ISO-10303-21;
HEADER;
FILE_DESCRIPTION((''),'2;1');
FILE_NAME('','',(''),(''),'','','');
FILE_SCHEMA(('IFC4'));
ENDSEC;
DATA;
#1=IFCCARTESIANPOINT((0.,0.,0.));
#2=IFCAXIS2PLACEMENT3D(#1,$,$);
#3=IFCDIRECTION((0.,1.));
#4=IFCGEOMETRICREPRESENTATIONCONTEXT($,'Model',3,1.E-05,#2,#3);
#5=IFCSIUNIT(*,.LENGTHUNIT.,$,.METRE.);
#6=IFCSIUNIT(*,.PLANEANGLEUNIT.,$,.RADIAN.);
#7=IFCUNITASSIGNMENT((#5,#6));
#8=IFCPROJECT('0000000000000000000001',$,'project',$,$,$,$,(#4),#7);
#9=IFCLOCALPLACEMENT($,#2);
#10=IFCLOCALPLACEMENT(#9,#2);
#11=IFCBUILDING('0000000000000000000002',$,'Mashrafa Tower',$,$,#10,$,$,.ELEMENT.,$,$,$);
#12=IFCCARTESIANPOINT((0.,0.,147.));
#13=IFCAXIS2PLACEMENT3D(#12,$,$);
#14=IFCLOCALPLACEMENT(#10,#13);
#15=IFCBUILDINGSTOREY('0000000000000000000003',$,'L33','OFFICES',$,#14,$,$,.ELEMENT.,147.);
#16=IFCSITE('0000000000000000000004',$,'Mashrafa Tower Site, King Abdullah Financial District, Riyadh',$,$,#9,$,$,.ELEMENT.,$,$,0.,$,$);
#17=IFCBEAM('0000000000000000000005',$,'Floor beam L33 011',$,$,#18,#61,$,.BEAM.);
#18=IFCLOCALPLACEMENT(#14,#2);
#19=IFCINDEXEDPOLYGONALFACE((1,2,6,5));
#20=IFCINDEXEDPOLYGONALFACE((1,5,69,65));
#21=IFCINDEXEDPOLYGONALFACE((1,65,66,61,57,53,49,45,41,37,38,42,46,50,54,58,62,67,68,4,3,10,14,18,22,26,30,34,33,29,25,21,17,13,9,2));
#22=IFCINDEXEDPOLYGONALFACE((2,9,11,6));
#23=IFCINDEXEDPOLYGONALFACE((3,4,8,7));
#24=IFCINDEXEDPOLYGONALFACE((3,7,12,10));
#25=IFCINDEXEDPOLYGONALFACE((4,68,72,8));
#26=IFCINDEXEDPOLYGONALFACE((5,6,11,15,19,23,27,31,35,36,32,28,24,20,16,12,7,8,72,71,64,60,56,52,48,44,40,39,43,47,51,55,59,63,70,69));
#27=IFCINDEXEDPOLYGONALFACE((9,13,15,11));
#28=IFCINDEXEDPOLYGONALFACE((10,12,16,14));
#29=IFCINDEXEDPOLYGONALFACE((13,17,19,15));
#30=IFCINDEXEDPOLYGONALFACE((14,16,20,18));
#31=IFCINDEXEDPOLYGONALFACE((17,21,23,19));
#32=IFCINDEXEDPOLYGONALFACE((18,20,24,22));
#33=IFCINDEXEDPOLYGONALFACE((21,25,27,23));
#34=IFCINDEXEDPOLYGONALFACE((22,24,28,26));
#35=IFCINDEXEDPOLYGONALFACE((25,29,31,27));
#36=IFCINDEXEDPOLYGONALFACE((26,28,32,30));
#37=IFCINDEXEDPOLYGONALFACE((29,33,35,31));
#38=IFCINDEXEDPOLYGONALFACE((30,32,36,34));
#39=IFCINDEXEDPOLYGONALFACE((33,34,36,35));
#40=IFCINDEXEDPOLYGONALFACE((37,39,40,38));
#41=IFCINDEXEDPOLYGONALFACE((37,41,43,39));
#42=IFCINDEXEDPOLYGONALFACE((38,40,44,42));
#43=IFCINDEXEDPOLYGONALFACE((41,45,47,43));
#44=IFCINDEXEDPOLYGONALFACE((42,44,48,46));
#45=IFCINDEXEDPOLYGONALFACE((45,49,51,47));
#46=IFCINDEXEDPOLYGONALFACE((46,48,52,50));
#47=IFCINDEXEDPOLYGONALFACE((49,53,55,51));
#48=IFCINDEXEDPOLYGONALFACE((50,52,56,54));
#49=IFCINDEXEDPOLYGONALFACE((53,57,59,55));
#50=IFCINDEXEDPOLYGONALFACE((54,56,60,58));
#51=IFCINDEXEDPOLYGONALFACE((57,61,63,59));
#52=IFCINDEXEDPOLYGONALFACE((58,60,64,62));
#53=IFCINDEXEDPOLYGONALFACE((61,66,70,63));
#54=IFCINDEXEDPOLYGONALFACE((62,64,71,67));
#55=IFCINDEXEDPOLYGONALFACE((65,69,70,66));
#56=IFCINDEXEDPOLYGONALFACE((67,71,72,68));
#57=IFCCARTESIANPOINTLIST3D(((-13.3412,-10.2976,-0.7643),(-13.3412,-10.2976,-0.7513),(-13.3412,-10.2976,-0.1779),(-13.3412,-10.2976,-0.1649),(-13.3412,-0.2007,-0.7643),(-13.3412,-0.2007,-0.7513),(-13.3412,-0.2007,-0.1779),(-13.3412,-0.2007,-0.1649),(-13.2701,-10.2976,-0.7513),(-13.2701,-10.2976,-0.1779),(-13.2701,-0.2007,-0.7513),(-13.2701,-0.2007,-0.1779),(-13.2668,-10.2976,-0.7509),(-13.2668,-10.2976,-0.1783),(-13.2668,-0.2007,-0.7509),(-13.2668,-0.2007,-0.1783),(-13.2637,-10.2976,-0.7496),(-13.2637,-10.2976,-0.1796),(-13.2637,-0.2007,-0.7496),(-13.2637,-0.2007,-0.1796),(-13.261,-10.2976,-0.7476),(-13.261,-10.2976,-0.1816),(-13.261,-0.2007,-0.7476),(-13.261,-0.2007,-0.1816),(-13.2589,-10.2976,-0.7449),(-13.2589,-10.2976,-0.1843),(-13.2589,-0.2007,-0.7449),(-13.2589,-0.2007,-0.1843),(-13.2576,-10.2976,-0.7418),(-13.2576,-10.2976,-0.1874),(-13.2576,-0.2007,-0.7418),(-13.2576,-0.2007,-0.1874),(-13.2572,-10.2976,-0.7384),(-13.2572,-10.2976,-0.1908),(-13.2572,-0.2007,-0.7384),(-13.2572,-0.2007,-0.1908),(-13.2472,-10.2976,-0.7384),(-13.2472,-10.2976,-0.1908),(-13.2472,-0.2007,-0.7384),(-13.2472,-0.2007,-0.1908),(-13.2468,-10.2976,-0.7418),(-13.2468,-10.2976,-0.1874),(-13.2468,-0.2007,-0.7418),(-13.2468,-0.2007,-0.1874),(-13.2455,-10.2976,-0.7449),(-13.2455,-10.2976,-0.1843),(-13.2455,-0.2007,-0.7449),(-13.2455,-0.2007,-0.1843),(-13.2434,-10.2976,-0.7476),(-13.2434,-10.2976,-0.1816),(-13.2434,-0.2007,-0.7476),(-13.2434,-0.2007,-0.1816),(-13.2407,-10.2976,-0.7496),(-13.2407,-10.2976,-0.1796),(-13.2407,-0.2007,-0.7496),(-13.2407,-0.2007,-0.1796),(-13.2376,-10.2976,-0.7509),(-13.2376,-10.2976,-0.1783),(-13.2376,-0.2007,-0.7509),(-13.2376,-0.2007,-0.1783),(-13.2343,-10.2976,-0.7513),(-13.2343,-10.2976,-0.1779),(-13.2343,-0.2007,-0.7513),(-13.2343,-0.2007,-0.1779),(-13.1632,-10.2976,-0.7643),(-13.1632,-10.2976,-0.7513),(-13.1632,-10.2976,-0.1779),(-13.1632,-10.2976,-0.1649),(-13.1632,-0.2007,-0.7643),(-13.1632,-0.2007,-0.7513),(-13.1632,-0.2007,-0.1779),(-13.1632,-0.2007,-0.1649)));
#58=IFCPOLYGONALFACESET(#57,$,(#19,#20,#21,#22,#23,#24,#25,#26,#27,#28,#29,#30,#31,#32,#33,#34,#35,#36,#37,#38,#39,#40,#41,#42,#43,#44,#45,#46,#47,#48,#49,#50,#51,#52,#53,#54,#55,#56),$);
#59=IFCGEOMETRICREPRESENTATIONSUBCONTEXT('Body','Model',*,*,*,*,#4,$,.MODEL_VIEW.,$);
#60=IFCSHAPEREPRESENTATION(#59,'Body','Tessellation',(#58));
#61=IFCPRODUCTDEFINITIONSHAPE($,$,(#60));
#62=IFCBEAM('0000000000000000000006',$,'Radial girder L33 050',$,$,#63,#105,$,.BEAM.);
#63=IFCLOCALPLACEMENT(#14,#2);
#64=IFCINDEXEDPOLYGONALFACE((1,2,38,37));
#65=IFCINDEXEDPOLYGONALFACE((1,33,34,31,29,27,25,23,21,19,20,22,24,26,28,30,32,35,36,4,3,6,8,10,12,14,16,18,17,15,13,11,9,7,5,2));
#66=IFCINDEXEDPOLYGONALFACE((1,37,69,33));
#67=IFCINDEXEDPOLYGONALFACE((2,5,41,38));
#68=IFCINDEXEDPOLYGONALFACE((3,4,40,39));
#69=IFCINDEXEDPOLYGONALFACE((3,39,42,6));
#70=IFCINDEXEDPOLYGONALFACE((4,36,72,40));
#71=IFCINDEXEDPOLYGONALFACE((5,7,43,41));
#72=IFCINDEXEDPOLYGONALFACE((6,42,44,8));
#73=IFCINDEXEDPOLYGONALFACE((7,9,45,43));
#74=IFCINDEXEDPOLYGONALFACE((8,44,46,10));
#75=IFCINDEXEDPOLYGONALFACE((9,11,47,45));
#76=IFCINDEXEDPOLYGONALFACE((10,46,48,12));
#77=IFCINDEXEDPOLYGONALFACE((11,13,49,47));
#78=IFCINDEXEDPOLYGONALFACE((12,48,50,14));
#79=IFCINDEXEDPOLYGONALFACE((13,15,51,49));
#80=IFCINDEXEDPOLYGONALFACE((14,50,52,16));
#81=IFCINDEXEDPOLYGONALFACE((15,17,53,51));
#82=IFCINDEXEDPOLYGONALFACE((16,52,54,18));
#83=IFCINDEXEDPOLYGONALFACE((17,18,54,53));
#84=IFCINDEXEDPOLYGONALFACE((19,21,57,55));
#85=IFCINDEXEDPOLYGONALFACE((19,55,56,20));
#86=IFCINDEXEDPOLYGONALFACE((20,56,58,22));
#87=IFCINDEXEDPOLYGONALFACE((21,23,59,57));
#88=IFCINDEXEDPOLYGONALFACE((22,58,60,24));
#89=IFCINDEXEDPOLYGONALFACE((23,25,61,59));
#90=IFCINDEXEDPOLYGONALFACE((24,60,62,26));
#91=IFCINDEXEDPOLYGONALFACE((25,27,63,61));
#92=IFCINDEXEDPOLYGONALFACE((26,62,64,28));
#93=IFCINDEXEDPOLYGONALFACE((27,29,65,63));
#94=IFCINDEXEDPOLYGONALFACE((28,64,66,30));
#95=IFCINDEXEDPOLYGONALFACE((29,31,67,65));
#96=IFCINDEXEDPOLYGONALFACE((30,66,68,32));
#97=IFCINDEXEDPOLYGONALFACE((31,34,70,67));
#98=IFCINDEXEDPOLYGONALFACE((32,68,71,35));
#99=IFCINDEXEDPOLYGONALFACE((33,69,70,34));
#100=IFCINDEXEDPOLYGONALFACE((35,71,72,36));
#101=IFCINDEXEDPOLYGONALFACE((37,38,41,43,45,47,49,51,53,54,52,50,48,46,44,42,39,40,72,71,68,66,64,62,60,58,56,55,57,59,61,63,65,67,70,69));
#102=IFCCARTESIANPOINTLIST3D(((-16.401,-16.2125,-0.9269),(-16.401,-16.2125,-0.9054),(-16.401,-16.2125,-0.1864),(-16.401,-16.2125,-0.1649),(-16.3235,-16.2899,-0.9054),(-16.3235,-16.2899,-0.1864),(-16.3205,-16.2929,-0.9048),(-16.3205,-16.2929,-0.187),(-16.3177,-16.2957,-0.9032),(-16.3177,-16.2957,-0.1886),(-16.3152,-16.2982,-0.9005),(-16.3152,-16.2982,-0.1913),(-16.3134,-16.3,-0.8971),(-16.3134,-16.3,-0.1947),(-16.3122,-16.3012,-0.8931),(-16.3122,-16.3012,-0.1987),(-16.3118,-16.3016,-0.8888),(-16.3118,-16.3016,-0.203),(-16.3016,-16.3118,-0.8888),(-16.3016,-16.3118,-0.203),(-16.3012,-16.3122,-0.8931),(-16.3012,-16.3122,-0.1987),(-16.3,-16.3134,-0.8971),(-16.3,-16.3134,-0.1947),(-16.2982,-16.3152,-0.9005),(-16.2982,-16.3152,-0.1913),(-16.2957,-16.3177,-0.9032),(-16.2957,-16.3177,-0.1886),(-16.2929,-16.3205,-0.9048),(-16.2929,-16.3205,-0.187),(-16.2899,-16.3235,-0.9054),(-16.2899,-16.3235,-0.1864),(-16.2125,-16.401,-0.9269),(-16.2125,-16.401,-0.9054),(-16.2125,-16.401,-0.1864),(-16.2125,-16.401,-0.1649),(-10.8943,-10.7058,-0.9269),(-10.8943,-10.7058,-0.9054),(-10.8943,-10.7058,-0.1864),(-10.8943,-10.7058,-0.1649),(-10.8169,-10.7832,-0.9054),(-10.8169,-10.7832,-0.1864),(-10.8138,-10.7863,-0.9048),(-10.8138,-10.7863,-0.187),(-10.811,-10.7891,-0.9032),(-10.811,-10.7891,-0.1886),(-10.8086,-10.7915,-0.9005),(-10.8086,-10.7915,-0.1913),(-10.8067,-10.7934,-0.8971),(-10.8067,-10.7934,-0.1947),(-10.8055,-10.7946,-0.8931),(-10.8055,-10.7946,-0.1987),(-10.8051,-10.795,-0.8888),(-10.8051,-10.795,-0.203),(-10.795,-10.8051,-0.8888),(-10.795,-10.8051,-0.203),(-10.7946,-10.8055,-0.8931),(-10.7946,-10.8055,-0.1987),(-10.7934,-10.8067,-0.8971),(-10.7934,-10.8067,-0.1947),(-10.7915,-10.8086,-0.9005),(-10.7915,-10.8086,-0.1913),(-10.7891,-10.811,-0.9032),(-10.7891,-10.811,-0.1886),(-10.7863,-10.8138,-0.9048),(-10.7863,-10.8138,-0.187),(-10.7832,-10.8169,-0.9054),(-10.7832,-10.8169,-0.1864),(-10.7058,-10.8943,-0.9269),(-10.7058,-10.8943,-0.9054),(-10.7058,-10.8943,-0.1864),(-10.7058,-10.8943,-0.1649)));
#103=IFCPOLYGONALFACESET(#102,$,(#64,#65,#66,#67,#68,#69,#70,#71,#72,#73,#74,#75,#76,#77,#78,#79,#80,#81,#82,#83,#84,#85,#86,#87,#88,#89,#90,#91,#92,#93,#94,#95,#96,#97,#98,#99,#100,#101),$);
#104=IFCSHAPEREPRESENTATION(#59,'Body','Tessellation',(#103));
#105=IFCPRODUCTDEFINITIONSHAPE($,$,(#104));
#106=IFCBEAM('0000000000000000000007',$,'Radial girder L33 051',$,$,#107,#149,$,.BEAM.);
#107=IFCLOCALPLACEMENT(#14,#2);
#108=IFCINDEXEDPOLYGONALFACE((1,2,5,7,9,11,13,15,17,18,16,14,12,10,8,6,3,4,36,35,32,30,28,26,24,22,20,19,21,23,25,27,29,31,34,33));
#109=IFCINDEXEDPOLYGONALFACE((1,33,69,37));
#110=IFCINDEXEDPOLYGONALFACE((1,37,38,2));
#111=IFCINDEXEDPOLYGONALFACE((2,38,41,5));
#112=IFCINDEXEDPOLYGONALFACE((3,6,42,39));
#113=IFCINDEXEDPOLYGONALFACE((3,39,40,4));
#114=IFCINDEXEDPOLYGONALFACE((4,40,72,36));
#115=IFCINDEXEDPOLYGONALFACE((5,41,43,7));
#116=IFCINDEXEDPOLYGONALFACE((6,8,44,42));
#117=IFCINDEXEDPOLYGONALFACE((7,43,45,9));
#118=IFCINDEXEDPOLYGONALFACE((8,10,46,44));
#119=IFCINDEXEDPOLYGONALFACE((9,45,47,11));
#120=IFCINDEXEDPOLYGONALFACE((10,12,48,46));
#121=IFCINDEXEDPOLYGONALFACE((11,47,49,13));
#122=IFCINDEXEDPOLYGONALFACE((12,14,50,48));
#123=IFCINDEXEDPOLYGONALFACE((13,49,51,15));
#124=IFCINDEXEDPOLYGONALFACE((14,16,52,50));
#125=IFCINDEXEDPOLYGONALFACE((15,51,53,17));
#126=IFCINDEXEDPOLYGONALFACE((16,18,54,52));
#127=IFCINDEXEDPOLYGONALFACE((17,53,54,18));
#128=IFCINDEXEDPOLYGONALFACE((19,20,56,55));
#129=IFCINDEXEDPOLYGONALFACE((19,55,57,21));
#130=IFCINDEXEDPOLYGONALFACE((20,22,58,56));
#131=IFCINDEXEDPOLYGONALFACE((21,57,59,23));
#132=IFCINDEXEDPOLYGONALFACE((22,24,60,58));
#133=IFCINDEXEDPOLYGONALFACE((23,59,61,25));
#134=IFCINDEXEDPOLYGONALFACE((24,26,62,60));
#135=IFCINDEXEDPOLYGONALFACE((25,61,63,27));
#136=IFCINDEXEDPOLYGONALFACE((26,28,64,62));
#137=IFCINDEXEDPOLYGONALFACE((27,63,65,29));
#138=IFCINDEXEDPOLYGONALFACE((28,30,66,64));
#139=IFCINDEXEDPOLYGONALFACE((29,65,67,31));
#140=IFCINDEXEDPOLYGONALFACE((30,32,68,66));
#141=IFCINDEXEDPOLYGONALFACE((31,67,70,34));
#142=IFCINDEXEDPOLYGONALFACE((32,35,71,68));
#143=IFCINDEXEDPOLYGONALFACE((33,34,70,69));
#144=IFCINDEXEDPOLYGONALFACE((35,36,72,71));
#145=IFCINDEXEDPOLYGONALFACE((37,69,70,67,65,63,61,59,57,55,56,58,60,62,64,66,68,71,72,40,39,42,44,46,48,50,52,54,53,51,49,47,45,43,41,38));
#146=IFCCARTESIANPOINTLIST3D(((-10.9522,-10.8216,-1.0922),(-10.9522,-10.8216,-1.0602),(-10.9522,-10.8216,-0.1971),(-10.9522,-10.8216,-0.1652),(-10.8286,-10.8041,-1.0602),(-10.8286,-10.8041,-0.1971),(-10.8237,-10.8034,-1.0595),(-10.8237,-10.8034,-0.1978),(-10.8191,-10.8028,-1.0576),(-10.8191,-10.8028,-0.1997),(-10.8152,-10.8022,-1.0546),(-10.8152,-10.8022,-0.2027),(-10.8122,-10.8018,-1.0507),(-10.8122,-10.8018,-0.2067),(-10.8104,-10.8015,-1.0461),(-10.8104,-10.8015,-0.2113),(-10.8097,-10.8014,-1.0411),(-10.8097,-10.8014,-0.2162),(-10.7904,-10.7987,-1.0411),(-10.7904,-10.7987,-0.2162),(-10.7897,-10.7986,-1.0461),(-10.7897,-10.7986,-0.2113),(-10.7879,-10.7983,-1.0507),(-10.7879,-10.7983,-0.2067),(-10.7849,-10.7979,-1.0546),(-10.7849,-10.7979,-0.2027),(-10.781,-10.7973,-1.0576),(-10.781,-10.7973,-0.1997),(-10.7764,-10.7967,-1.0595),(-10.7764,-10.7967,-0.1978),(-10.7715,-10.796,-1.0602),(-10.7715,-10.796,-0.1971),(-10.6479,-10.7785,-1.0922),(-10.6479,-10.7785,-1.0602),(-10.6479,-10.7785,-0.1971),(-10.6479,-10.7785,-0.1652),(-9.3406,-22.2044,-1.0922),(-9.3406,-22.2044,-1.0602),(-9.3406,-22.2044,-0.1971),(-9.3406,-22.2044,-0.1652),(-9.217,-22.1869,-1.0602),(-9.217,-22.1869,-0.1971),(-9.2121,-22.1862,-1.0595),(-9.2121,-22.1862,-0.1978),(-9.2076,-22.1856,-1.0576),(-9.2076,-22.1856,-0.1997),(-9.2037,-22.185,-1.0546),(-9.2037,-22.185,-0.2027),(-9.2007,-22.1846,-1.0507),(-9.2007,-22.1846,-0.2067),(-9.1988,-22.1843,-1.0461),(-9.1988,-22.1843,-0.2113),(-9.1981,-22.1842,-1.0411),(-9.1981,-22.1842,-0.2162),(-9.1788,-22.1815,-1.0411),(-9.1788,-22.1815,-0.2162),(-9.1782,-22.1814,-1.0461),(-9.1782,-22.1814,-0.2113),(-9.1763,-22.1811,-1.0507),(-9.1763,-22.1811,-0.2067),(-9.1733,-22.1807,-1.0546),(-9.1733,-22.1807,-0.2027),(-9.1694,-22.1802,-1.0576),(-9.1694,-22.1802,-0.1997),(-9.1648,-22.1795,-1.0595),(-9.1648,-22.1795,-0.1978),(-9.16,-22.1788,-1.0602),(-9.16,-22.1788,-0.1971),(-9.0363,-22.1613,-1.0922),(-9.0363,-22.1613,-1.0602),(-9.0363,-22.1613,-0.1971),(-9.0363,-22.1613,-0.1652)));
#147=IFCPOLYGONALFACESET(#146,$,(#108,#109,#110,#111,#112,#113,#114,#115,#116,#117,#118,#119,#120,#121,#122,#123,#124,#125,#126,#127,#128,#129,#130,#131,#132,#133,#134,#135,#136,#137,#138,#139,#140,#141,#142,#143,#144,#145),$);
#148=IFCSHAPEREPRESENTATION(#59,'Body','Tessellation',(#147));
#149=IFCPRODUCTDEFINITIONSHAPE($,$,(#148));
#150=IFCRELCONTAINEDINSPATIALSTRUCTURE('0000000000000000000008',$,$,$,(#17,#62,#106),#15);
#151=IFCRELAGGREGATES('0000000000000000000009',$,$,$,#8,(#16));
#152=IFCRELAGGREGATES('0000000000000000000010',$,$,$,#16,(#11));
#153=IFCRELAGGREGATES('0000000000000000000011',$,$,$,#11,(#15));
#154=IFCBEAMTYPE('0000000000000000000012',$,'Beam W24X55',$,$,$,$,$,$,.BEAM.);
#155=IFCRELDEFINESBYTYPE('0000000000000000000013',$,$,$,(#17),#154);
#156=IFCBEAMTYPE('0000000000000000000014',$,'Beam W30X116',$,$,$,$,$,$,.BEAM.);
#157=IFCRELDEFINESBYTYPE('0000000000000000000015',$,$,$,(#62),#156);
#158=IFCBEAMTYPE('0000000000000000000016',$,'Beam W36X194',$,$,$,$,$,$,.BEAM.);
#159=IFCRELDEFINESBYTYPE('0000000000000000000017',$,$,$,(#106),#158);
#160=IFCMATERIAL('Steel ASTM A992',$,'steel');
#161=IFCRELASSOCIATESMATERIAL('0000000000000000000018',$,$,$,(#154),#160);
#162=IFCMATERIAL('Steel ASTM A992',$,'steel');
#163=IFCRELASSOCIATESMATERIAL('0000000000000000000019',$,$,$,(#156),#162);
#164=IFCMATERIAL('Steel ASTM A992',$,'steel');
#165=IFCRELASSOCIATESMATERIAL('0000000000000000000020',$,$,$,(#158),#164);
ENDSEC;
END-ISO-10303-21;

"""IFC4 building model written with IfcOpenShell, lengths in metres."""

from ifc_helpers import new_model, si_unit, direction, frame, origin, origin_2d, place, context, subcontext, project, spatial, i_section, extrude, material, material_profile, profile_set, type_object, element, save


model = new_model("IFC4")

# Units and contexts
model_context = context("Model", 3, precision=1e-05, world=origin(), true_north=direction((0.0, 1.0)))
body_context = subcontext(model_context, "Body", "Model", "MODEL_VIEW")
ifc_project = project(units=[si_unit("LENGTHUNIT", "METRE"), si_unit("PLANEANGLEUNIT", "RADIAN")], contexts=[model_context])

# Site, building, storey
site_placement = place(None, origin())
site = spatial("IfcSite", under=ifc_project, at=site_placement, Name="Mashrafa Tower Site, King Abdullah Financial District, Riyadh", CompositionType="ELEMENT", RefElevation=0.0)
building_placement = place(site_placement, origin())
building = spatial("IfcBuilding", under=site, at=building_placement, Name="Mashrafa Tower", CompositionType="ELEMENT")
storey_placement = place(building_placement, frame((0.0, 0.0, 147.0)))
storey = spatial("IfcBuildingStorey", under=building, at=storey_placement, Name="L33", Description="OFFICES", CompositionType="ELEMENT", Elevation=147.0)

# Beams
ifc_material_1 = material(Name="Steel ASTM A992", Category="steel")
ifc_material_profile_1 = material_profile(ifc_material_1, i_section(OverallWidth=0.178, OverallDepth=0.5994, WebThickness=0.01, FlangeThickness=0.0129, FilletRadius=0.0129, at=origin_2d()), Name="W24X55")
ifc_profile_set_1 = profile_set([ifc_material_profile_1], Name="Steel ASTM A992")
beam_type_1 = type_object("IfcBeamType", Name="Beam W24X55", PredefinedType="BEAM", material=ifc_profile_set_1)
beam_1_placement = place(storey_placement, frame((-13.2522, -10.2976, -0.4646), z_axis=(0.0, 1.0, 0.0), x_axis=(-1.0, 0.0, 0.0)))
element("IfcBeam", 1, at=beam_1_placement, inside=storey, type_object=beam_type_1, Name="Floor beam L33 011", PredefinedType="BEAM", context=body_context, shape_type="SweptSolid", body=[
    extrude(i_section(OverallWidth=0.178, OverallDepth=0.5994, WebThickness=0.01, FlangeThickness=0.0129, FilletRadius=0.0129, at=origin_2d()), origin(), (0.0, 0.0, 1.0), 10.0969),
])
ifc_material_2 = material(Name="Steel ASTM A992", Category="steel")
ifc_material_profile_2 = material_profile(ifc_material_2, i_section(OverallWidth=0.2666, OverallDepth=0.762, WebThickness=0.0144, FlangeThickness=0.0215, FilletRadius=0.0166, at=origin_2d()), Name="W30X116")
ifc_profile_set_2 = profile_set([ifc_material_profile_2], Name="Steel ASTM A992")
beam_type_2 = type_object("IfcBeamType", Name="Beam W30X116", PredefinedType="BEAM", material=ifc_profile_set_2)
beam_2_placement = place(storey_placement, frame((-10.8, -10.8, -0.5459), z_axis=(-0.707107, -0.707107, 0.0), x_axis=(0.707107, -0.707107, 0.0)))
element("IfcBeam", 2, at=beam_2_placement, inside=storey, type_object=beam_type_2, Name="Radial girder L33 050", PredefinedType="BEAM", context=body_context, shape_type="SweptSolid", body=[
    extrude(i_section(OverallWidth=0.2666, OverallDepth=0.762, WebThickness=0.0144, FlangeThickness=0.0215, FilletRadius=0.0166, at=origin_2d()), origin(), (0.0, 0.0, 1.0), 7.7876),
])
ifc_material_3 = material(Name="Steel ASTM A992", Category="steel")
ifc_material_profile_3 = material_profile(ifc_material_3, i_section(OverallWidth=0.3074, OverallDepth=0.927, WebThickness=0.0195, FlangeThickness=0.032, FilletRadius=0.019, at=origin_2d()), Name="W36X194")
ifc_profile_set_3 = profile_set([ifc_material_profile_3], Name="Steel ASTM A992")
beam_type_3 = type_object("IfcBeamType", Name="Beam W36X194", PredefinedType="BEAM", material=ifc_profile_set_3)
beam_3_placement = place(storey_placement, frame((-10.8, -10.8, -0.6287), z_axis=(0.140181, -0.990126, 0.0), x_axis=(0.990126, 0.140181, 0.0)))
element("IfcBeam", 3, at=beam_3_placement, inside=storey, type_object=beam_type_3, Name="Radial girder L33 051", PredefinedType="BEAM", context=body_context, shape_type="SweptSolid", body=[
    extrude(i_section(OverallWidth=0.3074, OverallDepth=0.927, WebThickness=0.0195, FlangeThickness=0.032, FilletRadius=0.019, at=origin_2d()), origin(), (0.0, 0.0, 1.0), 11.4963),
])

save(model, "model.ifc")
